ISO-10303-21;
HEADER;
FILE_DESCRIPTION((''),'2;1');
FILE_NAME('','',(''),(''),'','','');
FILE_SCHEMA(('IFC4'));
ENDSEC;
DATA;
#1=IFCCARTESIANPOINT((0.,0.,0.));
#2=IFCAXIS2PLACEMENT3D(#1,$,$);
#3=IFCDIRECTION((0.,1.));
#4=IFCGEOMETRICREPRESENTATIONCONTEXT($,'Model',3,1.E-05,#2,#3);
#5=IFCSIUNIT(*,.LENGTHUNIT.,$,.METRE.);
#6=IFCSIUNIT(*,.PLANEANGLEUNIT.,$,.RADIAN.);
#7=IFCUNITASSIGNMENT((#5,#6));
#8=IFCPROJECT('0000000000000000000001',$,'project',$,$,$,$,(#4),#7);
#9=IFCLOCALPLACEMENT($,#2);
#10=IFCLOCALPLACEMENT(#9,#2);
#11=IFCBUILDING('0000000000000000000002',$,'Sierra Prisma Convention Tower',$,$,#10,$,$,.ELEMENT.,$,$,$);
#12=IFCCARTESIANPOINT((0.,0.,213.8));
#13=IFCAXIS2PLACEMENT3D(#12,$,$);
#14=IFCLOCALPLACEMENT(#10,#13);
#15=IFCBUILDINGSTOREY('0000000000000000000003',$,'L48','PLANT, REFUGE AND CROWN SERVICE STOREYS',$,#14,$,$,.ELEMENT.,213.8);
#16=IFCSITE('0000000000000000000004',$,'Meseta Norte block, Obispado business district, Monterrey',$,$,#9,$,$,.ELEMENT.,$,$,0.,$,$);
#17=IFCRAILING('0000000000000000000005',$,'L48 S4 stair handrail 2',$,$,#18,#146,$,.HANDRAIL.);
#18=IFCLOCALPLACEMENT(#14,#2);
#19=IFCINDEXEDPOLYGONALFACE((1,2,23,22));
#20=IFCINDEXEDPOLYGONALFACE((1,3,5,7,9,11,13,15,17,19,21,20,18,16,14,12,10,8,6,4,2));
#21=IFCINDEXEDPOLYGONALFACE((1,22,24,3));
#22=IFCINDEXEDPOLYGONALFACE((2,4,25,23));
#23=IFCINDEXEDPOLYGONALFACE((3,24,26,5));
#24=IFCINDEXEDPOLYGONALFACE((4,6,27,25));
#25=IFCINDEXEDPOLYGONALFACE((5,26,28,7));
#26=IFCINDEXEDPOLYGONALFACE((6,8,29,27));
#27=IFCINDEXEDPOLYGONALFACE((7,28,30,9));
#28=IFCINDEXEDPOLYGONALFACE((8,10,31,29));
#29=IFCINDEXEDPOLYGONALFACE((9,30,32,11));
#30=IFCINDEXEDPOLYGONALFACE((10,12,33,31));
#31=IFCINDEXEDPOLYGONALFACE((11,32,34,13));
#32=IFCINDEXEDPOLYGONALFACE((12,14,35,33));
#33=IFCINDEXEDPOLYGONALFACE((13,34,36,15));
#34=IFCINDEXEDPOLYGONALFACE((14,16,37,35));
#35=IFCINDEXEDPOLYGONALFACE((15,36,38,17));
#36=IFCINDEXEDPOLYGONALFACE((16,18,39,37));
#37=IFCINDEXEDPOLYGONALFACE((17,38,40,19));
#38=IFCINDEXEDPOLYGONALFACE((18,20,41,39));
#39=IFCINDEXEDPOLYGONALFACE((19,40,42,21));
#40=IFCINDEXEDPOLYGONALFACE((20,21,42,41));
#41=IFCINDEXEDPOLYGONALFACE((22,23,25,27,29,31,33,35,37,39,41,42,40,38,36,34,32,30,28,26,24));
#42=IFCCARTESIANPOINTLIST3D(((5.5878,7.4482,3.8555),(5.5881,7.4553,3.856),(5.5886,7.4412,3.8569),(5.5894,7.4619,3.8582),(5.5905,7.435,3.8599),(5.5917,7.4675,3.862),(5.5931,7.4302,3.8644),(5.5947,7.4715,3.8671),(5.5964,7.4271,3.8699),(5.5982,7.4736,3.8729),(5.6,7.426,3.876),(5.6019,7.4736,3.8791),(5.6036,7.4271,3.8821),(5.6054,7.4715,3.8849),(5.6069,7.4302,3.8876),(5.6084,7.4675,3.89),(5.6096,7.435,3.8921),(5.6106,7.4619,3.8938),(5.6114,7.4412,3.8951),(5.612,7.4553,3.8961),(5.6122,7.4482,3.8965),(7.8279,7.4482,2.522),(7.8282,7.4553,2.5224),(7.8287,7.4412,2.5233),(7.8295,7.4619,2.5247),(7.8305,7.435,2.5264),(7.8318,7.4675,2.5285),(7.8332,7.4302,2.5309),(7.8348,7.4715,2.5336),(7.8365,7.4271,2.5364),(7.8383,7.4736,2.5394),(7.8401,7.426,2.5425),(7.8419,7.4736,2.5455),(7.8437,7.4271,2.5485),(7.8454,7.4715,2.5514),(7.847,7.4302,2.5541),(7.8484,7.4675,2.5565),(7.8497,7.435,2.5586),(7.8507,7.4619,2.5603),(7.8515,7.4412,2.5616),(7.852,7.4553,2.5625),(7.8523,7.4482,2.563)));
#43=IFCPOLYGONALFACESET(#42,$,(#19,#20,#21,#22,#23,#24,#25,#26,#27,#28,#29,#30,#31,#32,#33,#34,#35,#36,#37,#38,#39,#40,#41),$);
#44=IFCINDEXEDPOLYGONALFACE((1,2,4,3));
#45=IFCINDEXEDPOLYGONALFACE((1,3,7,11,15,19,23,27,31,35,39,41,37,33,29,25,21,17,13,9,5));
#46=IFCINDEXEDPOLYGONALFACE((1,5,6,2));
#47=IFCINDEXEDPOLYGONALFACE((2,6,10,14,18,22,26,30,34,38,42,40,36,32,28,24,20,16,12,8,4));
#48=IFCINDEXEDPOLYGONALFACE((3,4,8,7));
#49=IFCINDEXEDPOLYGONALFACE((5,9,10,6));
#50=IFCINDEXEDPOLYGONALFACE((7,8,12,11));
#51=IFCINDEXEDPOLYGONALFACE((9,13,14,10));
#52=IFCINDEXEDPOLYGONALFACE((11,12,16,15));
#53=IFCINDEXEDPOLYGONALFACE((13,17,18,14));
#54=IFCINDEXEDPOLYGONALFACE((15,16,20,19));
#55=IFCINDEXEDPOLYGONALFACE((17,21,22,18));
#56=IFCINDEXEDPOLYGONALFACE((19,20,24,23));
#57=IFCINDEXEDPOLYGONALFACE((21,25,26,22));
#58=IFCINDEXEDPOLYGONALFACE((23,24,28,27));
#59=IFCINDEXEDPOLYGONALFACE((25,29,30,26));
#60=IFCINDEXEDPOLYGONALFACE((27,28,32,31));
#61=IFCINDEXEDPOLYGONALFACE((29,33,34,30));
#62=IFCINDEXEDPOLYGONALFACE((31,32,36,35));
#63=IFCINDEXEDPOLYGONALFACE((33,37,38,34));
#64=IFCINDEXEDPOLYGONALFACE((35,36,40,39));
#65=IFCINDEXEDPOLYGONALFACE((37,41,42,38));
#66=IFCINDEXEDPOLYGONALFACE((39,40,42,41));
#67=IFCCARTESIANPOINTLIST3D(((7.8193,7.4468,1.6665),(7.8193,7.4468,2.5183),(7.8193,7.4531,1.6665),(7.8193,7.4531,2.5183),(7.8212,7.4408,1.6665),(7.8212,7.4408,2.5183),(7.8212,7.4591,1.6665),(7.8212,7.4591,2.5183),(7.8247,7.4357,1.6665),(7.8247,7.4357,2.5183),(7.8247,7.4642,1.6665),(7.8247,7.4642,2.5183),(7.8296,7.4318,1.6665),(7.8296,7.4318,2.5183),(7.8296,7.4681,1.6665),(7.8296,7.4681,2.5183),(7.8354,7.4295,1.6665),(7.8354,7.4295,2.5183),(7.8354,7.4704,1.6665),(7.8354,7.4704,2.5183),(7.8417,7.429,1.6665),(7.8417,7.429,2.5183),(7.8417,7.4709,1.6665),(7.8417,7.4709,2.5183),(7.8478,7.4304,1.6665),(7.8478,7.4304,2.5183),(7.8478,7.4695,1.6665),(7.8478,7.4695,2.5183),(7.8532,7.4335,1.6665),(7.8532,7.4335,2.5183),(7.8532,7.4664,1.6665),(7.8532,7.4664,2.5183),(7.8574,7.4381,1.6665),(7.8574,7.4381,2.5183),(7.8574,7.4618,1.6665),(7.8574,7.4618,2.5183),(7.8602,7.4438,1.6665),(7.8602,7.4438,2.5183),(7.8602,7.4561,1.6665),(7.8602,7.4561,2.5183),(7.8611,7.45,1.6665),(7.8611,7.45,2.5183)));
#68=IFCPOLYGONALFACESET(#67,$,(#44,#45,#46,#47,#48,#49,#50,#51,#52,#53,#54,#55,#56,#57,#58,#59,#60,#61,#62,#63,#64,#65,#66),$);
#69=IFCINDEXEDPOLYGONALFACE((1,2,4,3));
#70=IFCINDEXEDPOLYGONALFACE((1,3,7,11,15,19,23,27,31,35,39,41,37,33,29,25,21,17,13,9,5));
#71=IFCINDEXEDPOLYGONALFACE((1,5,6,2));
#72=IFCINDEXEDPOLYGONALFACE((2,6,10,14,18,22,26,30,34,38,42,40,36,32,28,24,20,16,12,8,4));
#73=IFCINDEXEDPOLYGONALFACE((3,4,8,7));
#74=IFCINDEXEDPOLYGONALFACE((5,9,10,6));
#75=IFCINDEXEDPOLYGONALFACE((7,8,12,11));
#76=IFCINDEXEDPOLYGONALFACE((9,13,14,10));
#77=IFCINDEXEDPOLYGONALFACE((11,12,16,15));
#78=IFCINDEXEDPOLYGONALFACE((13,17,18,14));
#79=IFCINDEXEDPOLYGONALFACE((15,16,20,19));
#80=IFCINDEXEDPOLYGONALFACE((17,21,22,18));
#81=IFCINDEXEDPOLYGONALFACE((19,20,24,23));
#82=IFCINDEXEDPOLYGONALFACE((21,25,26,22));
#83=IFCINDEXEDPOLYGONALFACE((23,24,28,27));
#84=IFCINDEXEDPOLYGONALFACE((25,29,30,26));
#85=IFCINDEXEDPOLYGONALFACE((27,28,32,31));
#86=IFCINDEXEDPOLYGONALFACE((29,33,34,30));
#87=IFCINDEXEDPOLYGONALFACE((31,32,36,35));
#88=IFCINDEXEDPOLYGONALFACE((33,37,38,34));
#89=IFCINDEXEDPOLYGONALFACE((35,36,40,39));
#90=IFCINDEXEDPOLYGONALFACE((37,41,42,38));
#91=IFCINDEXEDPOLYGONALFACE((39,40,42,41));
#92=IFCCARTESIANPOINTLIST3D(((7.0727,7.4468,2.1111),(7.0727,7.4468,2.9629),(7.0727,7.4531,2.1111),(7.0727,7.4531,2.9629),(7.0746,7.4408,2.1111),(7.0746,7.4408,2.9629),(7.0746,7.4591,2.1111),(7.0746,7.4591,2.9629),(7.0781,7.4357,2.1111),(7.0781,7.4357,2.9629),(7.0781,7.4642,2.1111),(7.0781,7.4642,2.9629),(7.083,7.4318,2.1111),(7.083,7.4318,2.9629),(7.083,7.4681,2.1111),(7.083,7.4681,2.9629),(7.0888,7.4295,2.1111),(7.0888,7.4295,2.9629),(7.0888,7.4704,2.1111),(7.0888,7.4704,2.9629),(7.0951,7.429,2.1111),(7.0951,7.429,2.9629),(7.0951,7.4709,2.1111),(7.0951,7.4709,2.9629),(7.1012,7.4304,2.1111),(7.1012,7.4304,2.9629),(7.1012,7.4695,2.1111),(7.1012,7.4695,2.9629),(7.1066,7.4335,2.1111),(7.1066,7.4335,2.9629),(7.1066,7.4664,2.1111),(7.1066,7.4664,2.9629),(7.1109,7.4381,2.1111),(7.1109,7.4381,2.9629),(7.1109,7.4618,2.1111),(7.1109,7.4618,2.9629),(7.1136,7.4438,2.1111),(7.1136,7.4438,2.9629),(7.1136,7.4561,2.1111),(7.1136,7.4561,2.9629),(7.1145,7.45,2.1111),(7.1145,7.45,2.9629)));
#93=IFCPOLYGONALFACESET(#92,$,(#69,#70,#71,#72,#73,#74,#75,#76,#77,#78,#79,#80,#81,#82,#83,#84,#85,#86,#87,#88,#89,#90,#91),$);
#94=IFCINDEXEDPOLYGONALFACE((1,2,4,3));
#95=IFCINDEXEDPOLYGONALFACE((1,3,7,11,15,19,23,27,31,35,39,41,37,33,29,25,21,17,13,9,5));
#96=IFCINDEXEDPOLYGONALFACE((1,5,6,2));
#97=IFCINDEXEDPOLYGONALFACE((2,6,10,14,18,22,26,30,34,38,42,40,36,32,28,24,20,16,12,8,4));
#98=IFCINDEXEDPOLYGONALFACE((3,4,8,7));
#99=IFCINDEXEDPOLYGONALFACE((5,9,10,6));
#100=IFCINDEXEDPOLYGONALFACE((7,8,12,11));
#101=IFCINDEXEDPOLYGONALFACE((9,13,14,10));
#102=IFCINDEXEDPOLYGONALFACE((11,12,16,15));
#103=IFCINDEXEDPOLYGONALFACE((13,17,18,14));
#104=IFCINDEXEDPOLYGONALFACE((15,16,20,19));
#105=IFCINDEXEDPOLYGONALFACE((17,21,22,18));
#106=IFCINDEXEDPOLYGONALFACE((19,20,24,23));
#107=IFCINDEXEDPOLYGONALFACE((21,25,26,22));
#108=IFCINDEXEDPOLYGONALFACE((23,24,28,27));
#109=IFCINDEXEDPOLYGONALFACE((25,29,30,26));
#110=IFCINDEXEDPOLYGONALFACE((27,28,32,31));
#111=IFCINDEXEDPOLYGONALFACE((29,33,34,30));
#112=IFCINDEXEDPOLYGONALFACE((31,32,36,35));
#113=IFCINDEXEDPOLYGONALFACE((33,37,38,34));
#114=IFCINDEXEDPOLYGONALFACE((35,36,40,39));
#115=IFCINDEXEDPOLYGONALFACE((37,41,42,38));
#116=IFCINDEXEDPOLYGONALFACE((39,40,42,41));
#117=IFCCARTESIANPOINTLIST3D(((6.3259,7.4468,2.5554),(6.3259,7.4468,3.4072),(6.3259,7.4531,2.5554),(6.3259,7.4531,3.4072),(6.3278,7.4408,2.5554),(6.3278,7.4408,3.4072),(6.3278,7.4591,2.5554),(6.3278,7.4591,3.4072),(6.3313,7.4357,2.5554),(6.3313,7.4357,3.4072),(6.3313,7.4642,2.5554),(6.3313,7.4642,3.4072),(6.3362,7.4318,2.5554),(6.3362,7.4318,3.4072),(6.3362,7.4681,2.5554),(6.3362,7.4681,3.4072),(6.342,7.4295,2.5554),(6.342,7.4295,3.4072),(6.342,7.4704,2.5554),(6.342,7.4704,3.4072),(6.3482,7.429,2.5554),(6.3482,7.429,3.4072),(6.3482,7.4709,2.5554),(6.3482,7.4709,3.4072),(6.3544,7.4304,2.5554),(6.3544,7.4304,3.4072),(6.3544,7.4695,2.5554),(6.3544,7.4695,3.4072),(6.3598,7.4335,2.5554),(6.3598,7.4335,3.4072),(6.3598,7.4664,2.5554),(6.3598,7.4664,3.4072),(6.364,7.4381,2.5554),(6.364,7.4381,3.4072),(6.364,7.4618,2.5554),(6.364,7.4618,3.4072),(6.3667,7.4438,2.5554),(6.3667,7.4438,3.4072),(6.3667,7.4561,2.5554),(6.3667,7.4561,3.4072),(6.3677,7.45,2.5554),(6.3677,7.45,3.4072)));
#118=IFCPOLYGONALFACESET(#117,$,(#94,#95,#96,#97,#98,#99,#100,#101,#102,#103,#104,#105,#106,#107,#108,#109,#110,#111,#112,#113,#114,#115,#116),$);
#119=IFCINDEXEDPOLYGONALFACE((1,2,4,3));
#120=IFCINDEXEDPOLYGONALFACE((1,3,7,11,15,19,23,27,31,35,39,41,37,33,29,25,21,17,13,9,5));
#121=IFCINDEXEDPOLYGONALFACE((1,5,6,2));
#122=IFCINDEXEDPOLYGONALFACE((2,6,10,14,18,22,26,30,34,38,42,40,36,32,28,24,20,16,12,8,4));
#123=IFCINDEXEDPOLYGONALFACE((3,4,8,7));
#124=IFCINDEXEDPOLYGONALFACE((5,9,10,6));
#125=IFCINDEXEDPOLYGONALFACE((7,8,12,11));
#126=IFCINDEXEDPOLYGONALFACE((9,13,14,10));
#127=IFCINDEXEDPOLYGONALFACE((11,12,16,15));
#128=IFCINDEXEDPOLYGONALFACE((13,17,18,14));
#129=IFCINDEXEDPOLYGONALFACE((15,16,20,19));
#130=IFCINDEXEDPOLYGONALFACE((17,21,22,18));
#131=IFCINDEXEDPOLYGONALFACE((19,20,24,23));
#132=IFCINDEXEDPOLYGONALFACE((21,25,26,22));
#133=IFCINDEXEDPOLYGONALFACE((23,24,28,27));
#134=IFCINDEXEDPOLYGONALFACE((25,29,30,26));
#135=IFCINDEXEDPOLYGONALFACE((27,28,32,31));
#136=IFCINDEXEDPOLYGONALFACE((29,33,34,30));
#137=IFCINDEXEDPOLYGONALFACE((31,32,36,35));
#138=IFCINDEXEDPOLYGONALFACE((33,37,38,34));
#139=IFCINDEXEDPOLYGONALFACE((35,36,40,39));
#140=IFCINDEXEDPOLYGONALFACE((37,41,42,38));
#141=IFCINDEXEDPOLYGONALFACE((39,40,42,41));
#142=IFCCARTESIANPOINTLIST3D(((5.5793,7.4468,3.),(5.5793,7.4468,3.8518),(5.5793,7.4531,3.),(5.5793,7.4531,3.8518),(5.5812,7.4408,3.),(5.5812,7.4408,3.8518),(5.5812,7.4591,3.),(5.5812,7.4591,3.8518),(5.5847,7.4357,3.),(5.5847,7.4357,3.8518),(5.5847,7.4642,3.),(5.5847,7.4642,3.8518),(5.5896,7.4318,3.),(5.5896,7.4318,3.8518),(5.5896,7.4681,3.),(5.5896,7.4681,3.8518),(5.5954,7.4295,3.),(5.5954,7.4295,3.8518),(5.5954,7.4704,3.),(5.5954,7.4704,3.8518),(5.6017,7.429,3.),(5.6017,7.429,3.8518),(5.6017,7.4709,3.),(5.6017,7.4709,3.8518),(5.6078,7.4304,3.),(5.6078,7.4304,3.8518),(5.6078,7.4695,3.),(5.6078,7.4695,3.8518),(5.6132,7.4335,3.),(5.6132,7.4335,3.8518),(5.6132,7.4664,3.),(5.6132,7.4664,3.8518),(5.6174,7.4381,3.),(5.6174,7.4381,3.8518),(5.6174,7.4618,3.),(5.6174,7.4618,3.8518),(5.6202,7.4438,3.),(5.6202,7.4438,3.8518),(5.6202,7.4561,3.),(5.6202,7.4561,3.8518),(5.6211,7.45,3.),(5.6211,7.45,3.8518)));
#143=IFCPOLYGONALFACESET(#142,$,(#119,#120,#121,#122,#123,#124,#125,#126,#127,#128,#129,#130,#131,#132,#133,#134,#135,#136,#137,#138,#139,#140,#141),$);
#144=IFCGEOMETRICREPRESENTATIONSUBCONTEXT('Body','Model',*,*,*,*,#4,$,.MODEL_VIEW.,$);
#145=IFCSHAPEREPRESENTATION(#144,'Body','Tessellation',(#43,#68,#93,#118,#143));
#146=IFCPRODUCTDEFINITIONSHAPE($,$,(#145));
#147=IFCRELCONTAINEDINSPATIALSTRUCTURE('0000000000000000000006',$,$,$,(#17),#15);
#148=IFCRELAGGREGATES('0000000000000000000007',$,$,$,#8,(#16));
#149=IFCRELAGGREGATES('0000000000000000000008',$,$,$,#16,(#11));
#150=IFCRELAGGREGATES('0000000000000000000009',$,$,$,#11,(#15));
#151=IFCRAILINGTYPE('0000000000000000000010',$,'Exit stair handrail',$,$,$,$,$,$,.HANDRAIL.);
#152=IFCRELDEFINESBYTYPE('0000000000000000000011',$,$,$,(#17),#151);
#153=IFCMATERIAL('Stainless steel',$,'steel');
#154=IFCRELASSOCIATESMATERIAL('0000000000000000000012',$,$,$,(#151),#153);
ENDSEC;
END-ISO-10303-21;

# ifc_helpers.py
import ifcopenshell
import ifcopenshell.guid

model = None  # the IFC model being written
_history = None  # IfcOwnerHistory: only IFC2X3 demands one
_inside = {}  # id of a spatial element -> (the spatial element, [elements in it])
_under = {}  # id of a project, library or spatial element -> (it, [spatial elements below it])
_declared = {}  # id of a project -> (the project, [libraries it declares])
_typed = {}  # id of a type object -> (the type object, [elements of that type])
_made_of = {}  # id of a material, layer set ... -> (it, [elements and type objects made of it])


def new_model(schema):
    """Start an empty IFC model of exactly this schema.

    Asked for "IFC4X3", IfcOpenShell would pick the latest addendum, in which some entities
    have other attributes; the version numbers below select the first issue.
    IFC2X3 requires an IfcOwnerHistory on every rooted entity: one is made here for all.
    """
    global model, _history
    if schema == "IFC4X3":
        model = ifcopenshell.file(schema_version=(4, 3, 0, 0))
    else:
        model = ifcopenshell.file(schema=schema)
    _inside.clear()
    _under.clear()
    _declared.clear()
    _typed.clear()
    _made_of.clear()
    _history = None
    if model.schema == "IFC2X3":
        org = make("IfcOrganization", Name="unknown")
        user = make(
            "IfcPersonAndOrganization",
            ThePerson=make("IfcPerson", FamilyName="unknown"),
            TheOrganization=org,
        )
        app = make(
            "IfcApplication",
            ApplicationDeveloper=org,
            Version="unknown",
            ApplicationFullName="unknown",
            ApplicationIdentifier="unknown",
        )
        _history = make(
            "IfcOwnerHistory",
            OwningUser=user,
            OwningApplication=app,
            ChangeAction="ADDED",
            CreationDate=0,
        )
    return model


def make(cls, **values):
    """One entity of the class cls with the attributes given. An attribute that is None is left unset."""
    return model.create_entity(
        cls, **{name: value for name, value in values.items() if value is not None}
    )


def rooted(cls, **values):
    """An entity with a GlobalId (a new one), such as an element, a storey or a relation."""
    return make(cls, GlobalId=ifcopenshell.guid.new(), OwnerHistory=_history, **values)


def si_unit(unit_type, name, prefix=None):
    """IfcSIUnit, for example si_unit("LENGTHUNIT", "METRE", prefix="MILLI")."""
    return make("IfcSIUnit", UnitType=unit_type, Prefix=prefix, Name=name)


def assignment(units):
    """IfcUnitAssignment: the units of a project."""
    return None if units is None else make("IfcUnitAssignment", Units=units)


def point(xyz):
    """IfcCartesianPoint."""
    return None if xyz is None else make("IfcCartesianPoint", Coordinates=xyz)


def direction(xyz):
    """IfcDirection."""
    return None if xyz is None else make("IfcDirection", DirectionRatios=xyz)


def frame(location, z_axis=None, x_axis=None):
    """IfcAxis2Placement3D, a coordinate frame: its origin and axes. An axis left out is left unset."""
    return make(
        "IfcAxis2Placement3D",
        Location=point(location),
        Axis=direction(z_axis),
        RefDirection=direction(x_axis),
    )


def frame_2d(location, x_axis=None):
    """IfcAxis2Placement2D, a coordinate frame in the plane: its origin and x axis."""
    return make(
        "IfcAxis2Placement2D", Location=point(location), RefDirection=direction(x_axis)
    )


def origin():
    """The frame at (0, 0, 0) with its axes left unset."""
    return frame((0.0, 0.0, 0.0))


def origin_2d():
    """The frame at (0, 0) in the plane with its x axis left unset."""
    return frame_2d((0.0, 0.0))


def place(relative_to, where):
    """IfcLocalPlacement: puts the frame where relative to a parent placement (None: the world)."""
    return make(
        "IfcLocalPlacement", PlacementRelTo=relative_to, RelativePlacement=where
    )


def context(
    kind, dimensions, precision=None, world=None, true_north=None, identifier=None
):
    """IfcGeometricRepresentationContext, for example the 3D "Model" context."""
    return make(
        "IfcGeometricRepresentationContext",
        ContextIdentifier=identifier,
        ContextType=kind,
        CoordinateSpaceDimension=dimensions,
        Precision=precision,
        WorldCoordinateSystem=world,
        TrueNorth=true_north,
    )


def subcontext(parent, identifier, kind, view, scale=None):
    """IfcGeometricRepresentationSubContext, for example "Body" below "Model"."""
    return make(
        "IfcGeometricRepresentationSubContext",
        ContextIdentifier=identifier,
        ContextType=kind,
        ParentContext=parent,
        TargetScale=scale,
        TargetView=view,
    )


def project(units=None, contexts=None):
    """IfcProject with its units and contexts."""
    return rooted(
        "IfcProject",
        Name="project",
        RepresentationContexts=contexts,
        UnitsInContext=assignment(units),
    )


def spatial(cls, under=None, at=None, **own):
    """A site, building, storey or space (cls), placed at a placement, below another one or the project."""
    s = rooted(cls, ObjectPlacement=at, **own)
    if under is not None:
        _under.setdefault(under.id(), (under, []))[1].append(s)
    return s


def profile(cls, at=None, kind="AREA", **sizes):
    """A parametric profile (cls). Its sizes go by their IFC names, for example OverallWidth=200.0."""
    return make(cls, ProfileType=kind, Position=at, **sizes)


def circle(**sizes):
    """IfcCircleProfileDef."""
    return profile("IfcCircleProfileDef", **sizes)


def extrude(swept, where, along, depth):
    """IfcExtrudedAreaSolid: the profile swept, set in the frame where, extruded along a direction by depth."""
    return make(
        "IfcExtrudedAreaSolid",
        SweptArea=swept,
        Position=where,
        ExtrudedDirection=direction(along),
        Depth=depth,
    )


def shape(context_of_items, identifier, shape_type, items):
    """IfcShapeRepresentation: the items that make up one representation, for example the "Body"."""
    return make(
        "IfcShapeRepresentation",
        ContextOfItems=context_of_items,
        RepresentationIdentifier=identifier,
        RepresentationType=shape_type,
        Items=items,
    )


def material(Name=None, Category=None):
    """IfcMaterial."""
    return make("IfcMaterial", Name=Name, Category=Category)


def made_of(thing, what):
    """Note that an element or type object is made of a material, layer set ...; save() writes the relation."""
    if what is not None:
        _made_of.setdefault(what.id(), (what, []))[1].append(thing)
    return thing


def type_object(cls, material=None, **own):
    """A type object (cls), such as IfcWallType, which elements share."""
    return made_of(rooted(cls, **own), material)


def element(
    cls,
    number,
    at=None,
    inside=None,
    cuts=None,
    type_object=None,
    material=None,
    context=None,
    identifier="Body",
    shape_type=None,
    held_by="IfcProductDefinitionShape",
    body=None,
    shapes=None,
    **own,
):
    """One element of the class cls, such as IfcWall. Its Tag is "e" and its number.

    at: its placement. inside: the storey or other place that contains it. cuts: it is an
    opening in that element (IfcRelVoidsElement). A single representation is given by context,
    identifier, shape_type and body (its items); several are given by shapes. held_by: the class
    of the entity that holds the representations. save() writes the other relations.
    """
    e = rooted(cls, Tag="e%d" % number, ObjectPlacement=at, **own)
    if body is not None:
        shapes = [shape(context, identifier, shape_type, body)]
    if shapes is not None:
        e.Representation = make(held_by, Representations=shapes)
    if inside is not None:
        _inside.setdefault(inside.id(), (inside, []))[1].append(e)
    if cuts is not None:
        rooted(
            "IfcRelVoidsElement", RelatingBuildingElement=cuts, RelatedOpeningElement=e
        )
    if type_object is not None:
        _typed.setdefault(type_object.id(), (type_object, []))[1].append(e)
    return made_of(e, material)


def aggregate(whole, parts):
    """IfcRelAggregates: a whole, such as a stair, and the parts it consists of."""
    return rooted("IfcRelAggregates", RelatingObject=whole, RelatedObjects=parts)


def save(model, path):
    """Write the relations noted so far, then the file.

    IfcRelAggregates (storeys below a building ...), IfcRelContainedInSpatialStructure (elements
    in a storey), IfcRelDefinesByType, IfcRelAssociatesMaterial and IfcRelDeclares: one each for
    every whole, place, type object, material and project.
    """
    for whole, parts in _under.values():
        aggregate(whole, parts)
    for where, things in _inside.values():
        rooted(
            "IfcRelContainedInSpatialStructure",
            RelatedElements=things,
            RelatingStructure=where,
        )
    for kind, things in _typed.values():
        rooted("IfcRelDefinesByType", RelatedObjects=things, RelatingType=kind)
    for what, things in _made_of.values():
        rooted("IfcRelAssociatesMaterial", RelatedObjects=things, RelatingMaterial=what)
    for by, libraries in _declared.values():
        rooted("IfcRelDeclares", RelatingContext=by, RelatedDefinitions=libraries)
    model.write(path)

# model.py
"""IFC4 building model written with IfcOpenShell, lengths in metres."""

from ifc_helpers import new_model, si_unit, direction, frame, origin, origin_2d, place, context, subcontext, project, spatial, circle, extrude, material, type_object, element, save


model = new_model("IFC4")

# Units and contexts
model_context = context("Model", 3, precision=1e-05, world=origin(), true_north=direction((0.0, 1.0)))
body_context = subcontext(model_context, "Body", "Model", "MODEL_VIEW")
ifc_project = project(units=[si_unit("LENGTHUNIT", "METRE"), si_unit("PLANEANGLEUNIT", "RADIAN")], contexts=[model_context])

# Site, building, storey
site_placement = place(None, origin())
site = spatial("IfcSite", under=ifc_project, at=site_placement, Name="Meseta Norte block, Obispado business district, Monterrey", CompositionType="ELEMENT", RefElevation=0.0)
building_placement = place(site_placement, origin())
building = spatial("IfcBuilding", under=site, at=building_placement, Name="Sierra Prisma Convention Tower", CompositionType="ELEMENT")
storey_placement = place(building_placement, frame((0.0, 0.0, 213.8)))
storey = spatial("IfcBuildingStorey", under=building, at=storey_placement, Name="L48", Description="PLANT, REFUGE AND CROWN SERVICE STOREYS", CompositionType="ELEMENT", Elevation=213.8)

# Railing
ifc_material_1 = material(Name="Stainless steel", Category="steel")
railing_type_1 = type_object("IfcRailingType", Name="Exit stair handrail", PredefinedType="HANDRAIL", material=ifc_material_1)
for number, where, name in (
    (1, (7.8401, 7.45, 1.6665), "L48 S4 stair handrail 2"),
):
    element("IfcRailing", number, at=place(storey_placement, frame(where)), inside=storey, type_object=railing_type_1, Name=name, PredefinedType="HANDRAIL", context=body_context, shape_type="SweptSolid", body=[
        extrude(circle(Radius=0.0239, at=origin_2d()), frame((0.0, 0.0, 0.876), z_axis=(-0.859264, 0.0, 0.511532), x_axis=(0.0, -1.0, 0.0)), (0.0, 0.0, 1.0), 2.6069),
        extrude(circle(Radius=0.021, at=origin_2d()), origin(), (0.0, 0.0, 1.0), 0.8518),
        extrude(circle(Radius=0.021, at=origin_2d()), frame((-0.7466, 0.0, 0.4446)), (0.0, 0.0, 1.0), 0.8518),
        extrude(circle(Radius=0.021, at=origin_2d()), frame((-1.4934, 0.0, 0.8889)), (0.0, 0.0, 1.0), 0.8518),
        extrude(circle(Radius=0.021, at=origin_2d()), frame((-2.24, 0.0, 1.3335)), (0.0, 0.0, 1.0), 0.8518),
    ])

save(model, "model.ifc")
